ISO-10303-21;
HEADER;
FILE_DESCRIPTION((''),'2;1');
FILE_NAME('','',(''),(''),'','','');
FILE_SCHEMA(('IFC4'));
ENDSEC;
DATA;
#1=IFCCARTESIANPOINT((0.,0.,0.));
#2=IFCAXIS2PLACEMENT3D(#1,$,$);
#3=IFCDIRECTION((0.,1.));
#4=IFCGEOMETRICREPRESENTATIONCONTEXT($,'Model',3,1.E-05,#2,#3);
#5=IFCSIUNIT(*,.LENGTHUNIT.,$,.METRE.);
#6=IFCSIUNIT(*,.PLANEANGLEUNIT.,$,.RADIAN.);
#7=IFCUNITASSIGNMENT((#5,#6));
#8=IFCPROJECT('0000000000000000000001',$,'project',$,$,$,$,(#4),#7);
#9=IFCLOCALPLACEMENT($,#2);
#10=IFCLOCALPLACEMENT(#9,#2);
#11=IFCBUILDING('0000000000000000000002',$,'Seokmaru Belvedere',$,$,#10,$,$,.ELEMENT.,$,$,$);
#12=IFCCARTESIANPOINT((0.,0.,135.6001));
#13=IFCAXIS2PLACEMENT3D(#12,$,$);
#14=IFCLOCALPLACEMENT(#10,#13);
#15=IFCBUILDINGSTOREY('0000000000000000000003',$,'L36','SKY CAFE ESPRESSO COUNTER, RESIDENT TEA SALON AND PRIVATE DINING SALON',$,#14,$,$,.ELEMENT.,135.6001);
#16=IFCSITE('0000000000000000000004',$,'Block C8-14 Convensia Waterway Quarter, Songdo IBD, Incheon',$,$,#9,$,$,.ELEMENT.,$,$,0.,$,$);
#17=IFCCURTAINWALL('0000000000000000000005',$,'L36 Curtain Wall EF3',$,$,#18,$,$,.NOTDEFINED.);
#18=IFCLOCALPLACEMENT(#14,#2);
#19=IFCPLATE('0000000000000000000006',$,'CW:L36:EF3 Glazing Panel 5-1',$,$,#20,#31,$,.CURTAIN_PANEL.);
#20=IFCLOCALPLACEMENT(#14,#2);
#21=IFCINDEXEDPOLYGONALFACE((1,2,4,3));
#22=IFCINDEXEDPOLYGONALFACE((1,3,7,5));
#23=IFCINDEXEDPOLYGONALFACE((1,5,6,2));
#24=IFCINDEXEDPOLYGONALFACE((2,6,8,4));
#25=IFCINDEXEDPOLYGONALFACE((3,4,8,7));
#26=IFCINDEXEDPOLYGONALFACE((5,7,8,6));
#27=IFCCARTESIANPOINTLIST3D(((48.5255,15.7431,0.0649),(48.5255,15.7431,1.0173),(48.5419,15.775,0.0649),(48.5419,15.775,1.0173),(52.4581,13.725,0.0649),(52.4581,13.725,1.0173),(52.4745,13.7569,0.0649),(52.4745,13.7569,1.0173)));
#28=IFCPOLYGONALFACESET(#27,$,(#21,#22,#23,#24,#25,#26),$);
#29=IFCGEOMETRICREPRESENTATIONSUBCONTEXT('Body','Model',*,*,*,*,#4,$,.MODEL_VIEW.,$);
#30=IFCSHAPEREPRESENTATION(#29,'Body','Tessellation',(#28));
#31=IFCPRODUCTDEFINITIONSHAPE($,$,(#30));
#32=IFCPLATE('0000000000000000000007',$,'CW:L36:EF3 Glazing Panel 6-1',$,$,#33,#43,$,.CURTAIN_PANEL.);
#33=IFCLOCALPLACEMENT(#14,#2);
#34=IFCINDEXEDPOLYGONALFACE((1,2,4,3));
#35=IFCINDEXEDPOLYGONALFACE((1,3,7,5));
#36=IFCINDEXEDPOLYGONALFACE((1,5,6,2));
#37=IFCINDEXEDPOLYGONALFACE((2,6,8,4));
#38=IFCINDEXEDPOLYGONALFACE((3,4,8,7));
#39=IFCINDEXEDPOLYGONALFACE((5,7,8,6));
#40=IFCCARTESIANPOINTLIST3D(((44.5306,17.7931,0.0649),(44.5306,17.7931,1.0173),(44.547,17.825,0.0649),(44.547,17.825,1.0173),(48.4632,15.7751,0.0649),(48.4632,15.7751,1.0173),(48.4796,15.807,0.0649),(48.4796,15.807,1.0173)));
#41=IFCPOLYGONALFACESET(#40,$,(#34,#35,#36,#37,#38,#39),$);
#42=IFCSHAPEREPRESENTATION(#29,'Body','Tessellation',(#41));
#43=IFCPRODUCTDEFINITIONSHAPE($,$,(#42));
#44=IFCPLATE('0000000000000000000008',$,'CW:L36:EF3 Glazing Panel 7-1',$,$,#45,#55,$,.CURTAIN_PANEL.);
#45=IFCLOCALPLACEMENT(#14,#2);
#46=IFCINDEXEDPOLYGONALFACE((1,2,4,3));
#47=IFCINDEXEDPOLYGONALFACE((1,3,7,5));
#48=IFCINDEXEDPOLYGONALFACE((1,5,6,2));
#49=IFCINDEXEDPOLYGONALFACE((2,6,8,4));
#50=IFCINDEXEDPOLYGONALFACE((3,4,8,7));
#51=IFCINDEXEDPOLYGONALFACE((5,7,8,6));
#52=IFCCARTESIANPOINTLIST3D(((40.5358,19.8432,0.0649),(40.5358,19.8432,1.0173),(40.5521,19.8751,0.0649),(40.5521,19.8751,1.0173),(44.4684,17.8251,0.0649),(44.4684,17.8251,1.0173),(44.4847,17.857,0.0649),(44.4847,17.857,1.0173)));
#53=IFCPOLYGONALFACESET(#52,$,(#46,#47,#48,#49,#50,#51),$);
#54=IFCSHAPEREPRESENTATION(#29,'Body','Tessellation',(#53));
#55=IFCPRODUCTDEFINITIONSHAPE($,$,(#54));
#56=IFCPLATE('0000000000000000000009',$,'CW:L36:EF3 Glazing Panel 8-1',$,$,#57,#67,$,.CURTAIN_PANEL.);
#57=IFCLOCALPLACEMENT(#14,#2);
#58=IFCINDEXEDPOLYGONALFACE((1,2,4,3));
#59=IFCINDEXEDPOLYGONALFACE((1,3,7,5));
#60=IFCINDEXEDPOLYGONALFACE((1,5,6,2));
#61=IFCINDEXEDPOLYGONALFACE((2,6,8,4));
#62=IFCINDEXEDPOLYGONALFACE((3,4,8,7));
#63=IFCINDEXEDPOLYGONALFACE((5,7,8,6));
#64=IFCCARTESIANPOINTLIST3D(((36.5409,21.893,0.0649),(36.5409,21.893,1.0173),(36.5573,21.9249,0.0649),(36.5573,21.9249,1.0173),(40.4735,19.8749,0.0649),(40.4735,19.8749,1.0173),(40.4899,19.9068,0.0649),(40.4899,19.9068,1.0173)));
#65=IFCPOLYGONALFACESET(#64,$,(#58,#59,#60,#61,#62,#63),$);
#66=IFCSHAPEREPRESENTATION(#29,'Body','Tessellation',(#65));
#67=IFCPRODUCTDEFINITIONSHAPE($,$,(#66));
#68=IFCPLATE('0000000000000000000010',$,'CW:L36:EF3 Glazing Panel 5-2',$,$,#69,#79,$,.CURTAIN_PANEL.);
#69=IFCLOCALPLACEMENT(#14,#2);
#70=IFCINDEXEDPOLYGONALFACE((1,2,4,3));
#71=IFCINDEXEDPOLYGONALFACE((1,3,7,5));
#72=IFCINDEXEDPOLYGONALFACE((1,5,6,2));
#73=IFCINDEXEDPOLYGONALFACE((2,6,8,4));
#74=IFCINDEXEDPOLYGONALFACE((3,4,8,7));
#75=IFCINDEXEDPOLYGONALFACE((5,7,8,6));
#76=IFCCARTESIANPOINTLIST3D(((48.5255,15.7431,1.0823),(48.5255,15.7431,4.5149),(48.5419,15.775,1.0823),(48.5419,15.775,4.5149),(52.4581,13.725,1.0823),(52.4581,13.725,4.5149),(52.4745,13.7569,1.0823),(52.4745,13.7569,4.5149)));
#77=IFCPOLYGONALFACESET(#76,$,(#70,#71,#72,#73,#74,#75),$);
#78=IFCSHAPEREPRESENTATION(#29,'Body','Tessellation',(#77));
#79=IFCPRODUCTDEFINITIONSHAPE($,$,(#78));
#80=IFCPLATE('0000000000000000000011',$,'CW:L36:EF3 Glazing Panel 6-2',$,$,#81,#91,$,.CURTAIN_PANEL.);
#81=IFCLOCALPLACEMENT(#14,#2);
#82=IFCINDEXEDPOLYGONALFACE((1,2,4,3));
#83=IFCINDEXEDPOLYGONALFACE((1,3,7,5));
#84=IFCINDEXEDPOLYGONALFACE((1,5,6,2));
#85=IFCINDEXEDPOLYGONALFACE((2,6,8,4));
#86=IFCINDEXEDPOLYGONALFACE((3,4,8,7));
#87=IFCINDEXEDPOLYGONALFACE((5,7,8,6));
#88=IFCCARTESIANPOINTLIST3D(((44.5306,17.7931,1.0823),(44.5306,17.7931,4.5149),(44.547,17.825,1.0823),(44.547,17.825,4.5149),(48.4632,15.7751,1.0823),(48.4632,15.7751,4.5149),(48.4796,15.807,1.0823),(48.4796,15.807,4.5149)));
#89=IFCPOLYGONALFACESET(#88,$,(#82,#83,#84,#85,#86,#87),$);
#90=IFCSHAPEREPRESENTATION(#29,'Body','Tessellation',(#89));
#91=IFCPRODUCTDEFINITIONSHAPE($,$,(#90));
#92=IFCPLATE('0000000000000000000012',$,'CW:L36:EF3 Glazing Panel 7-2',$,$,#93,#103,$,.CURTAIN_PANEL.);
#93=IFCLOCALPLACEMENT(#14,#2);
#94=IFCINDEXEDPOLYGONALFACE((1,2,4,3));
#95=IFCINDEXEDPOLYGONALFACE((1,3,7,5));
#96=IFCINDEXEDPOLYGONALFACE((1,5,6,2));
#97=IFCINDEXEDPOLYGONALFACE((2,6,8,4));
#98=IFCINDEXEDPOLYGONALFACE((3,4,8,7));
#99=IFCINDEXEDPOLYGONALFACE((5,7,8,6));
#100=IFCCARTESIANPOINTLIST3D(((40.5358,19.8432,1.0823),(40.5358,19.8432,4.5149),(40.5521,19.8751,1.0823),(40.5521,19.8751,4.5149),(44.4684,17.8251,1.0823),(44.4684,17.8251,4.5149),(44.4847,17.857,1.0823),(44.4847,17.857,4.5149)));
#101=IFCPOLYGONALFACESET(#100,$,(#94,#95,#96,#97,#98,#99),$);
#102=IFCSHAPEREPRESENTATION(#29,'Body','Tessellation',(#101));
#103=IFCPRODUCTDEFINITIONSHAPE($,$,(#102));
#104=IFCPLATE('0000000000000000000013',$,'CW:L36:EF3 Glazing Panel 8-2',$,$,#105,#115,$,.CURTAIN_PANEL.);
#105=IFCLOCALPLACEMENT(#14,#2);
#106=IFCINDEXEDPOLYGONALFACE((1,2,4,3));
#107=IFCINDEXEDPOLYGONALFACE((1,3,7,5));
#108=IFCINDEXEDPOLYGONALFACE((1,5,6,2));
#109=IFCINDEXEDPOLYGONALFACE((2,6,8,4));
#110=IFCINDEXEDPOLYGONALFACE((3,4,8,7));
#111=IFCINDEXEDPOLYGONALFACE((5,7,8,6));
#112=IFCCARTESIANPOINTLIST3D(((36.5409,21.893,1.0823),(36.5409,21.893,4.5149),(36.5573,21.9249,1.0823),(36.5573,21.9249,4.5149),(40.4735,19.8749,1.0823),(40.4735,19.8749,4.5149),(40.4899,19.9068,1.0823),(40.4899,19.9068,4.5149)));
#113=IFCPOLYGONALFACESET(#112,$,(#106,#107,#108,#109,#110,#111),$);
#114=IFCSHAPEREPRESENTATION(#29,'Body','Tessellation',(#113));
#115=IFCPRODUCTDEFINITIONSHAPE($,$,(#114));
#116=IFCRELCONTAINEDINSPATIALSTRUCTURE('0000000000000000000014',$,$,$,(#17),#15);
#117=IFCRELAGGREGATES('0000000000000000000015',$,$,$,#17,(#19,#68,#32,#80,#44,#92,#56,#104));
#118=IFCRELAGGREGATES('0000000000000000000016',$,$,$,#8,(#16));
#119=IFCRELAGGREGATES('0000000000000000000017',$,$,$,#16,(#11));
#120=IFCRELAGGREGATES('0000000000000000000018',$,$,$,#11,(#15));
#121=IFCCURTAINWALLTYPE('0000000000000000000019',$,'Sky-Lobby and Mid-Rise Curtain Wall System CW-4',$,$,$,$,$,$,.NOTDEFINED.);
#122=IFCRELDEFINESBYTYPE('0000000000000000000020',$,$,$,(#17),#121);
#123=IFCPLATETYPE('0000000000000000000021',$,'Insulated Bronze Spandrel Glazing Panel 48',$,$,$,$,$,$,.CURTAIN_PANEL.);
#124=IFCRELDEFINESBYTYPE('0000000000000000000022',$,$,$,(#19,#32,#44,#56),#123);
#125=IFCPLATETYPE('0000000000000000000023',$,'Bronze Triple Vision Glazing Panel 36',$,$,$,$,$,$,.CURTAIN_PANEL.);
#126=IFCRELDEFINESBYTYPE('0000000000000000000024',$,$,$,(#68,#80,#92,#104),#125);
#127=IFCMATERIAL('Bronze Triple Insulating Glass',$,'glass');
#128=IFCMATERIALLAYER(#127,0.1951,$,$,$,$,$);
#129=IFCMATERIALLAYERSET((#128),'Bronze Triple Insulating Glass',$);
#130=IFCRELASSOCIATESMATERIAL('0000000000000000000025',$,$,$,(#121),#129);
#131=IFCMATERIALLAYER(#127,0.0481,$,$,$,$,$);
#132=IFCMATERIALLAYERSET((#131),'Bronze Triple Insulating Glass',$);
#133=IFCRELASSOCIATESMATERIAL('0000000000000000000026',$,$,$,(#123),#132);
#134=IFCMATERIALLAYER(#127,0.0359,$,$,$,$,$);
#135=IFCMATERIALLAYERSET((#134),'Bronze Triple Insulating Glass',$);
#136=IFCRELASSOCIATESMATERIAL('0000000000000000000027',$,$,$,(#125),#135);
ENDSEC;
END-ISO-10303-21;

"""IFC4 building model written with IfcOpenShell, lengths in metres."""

from ifc_helpers import new_model, si_unit, direction, frame, origin, origin_2d, place, context, subcontext, project, spatial, rectangle, extrude, source, transform, mapped, material, layer, layer_set, type_object, type_shapes, element, aggregate, save


model = new_model("IFC4")

# Units and contexts
model_context = context("Model", 3, precision=1e-05, world=origin(), true_north=direction((0.0, 1.0)))
body_context = subcontext(model_context, "Body", "Model", "MODEL_VIEW")
ifc_project = project(units=[si_unit("LENGTHUNIT", "METRE"), si_unit("PLANEANGLEUNIT", "RADIAN")], contexts=[model_context])

# Site, building, storey
site_placement = place(None, origin())
site = spatial("IfcSite", under=ifc_project, at=site_placement, Name="Block C8-14 Convensia Waterway Quarter, Songdo IBD, Incheon", CompositionType="ELEMENT", RefElevation=0.0)
building_placement = place(site_placement, origin())
building = spatial("IfcBuilding", under=site, at=building_placement, Name="Seokmaru Belvedere", CompositionType="ELEMENT")
storey_placement = place(building_placement, frame((0.0, 0.0, 135.6001)))
storey = spatial("IfcBuildingStorey", under=building, at=storey_placement, Name="L36", Description="SKY CAFE ESPRESSO COUNTER, RESIDENT TEA SALON AND PRIVATE DINING SALON", CompositionType="ELEMENT", Elevation=135.6001)

# Curtain wall, plates
ifc_material_1 = material(Name="Bronze Triple Insulating Glass", Category="glass")
ifc_layer_1 = layer(ifc_material_1, 0.1951)
ifc_layer_set_1 = layer_set([ifc_layer_1], Name="Bronze Triple Insulating Glass")
curtain_wall_type = type_object("IfcCurtainWallType", Name="Sky-Lobby and Mid-Rise Curtain Wall System CW-4", PredefinedType="NOTDEFINED", material=ifc_layer_set_1)
curtain_wall_placement = place(storey_placement, origin())
curtain_wall = element("IfcCurtainWall", 1, at=curtain_wall_placement, inside=storey, type_object=curtain_wall_type, Name="L36 Curtain Wall EF3", PredefinedType="NOTDEFINED")
ifc_layer_2 = layer(ifc_material_1, 0.0481)
ifc_layer_set_2 = layer_set([ifc_layer_2], Name="Bronze Triple Insulating Glass")
plate_type_1 = type_object("IfcPlateType", Name="Insulated Bronze Spandrel Glazing Panel 48", PredefinedType="CURTAIN_PANEL", material=ifc_layer_set_2)
shared_shape_1 = source(origin(), body_context, "Body", "SweptSolid", [
    extrude(rectangle(XDim=4.4202, YDim=0.0359, at=origin_2d()), origin(), (0.0, 0.0, 1.0), 0.9524),
])
type_shapes(plate_type_1, [shared_shape_1])
plate_1_placement = place(storey_placement, frame((50.5, 14.75, 0.0649), z_axis=(0.0, 0.0, 1.0), x_axis=(-0.889695, 0.456555, 0.0)))
plate_1 = element("IfcPlate", 2, at=plate_1_placement, type_object=plate_type_1, Name="CW:L36:EF3 Glazing Panel 5-1", PredefinedType="CURTAIN_PANEL", context=body_context, shape_type="MappedRepresentation", body=[
    mapped(shared_shape_1, transform((0.0, 0.0, 0.0), scale=1.0)),
])
plate_2_placement = place(storey_placement, frame((46.5051, 16.8, 0.0649), z_axis=(0.0, 0.0, 1.0), x_axis=(-0.889695, 0.456555, 0.0)))
plate_2 = element("IfcPlate", 3, at=plate_2_placement, type_object=plate_type_1, Name="CW:L36:EF3 Glazing Panel 6-1", PredefinedType="CURTAIN_PANEL", context=body_context, shape_type="MappedRepresentation", body=[
    mapped(shared_shape_1, transform((0.0, 0.0, 0.0), scale=1.0)),
])
plate_3_placement = place(storey_placement, frame((42.5103, 18.8501, 0.0649), z_axis=(0.0, 0.0, 1.0), x_axis=(-0.889695, 0.456555, 0.0)))
plate_3 = element("IfcPlate", 4, at=plate_3_placement, type_object=plate_type_1, Name="CW:L36:EF3 Glazing Panel 7-1", PredefinedType="CURTAIN_PANEL", context=body_context, shape_type="MappedRepresentation", body=[
    mapped(shared_shape_1, transform((0.0, 0.0, 0.0), scale=1.0)),
])
plate_4_placement = place(storey_placement, frame((38.5154, 20.8999, 0.0649), z_axis=(0.0, 0.0, 1.0), x_axis=(-0.889695, 0.456555, 0.0)))
plate_4 = element("IfcPlate", 5, at=plate_4_placement, type_object=plate_type_1, Name="CW:L36:EF3 Glazing Panel 8-1", PredefinedType="CURTAIN_PANEL", context=body_context, shape_type="MappedRepresentation", body=[
    mapped(shared_shape_1, transform((0.0, 0.0, 0.0), scale=1.0)),
])
ifc_layer_3 = layer(ifc_material_1, 0.0359)
ifc_layer_set_3 = layer_set([ifc_layer_3], Name="Bronze Triple Insulating Glass")
plate_type_2 = type_object("IfcPlateType", Name="Bronze Triple Vision Glazing Panel 36", PredefinedType="CURTAIN_PANEL", material=ifc_layer_set_3)
shared_shape_2 = source(origin(), body_context, "Body", "SweptSolid", [
    extrude(rectangle(XDim=4.4202, YDim=0.0359, at=origin_2d()), origin(), (0.0, 0.0, 1.0), 3.4326),
])
type_shapes(plate_type_2, [shared_shape_2])
plate_5_placement = place(storey_placement, frame((50.5, 14.75, 1.0823), z_axis=(0.0, 0.0, 1.0), x_axis=(-0.889695, 0.456555, 0.0)))
plate_5 = element("IfcPlate", 6, at=plate_5_placement, type_object=plate_type_2, Name="CW:L36:EF3 Glazing Panel 5-2", PredefinedType="CURTAIN_PANEL", context=body_context, shape_type="MappedRepresentation", body=[
    mapped(shared_shape_2, transform((0.0, 0.0, 0.0), scale=1.0)),
])
plate_6_placement = place(storey_placement, frame((46.5051, 16.8, 1.0823), z_axis=(0.0, 0.0, 1.0), x_axis=(-0.889695, 0.456555, 0.0)))
plate_6 = element("IfcPlate", 7, at=plate_6_placement, type_object=plate_type_2, Name="CW:L36:EF3 Glazing Panel 6-2", PredefinedType="CURTAIN_PANEL", context=body_context, shape_type="MappedRepresentation", body=[
    mapped(shared_shape_2, transform((0.0, 0.0, 0.0), scale=1.0)),
])
plate_7_placement = place(storey_placement, frame((42.5103, 18.8501, 1.0823), z_axis=(0.0, 0.0, 1.0), x_axis=(-0.889695, 0.456555, 0.0)))
plate_7 = element("IfcPlate", 8, at=plate_7_placement, type_object=plate_type_2, Name="CW:L36:EF3 Glazing Panel 7-2", PredefinedType="CURTAIN_PANEL", context=body_context, shape_type="MappedRepresentation", body=[
    mapped(shared_shape_2, transform((0.0, 0.0, 0.0), scale=1.0)),
])
plate_8_placement = place(storey_placement, frame((38.5154, 20.8999, 1.0823), z_axis=(0.0, 0.0, 1.0), x_axis=(-0.889695, 0.456555, 0.0)))
plate_8 = element("IfcPlate", 9, at=plate_8_placement, type_object=plate_type_2, Name="CW:L36:EF3 Glazing Panel 8-2", PredefinedType="CURTAIN_PANEL", context=body_context, shape_type="MappedRepresentation", body=[
    mapped(shared_shape_2, transform((0.0, 0.0, 0.0), scale=1.0)),
])
aggregate(curtain_wall, [plate_1, plate_5, plate_2, plate_6, plate_3, plate_7, plate_4, plate_8])

save(model, "model.ifc")
